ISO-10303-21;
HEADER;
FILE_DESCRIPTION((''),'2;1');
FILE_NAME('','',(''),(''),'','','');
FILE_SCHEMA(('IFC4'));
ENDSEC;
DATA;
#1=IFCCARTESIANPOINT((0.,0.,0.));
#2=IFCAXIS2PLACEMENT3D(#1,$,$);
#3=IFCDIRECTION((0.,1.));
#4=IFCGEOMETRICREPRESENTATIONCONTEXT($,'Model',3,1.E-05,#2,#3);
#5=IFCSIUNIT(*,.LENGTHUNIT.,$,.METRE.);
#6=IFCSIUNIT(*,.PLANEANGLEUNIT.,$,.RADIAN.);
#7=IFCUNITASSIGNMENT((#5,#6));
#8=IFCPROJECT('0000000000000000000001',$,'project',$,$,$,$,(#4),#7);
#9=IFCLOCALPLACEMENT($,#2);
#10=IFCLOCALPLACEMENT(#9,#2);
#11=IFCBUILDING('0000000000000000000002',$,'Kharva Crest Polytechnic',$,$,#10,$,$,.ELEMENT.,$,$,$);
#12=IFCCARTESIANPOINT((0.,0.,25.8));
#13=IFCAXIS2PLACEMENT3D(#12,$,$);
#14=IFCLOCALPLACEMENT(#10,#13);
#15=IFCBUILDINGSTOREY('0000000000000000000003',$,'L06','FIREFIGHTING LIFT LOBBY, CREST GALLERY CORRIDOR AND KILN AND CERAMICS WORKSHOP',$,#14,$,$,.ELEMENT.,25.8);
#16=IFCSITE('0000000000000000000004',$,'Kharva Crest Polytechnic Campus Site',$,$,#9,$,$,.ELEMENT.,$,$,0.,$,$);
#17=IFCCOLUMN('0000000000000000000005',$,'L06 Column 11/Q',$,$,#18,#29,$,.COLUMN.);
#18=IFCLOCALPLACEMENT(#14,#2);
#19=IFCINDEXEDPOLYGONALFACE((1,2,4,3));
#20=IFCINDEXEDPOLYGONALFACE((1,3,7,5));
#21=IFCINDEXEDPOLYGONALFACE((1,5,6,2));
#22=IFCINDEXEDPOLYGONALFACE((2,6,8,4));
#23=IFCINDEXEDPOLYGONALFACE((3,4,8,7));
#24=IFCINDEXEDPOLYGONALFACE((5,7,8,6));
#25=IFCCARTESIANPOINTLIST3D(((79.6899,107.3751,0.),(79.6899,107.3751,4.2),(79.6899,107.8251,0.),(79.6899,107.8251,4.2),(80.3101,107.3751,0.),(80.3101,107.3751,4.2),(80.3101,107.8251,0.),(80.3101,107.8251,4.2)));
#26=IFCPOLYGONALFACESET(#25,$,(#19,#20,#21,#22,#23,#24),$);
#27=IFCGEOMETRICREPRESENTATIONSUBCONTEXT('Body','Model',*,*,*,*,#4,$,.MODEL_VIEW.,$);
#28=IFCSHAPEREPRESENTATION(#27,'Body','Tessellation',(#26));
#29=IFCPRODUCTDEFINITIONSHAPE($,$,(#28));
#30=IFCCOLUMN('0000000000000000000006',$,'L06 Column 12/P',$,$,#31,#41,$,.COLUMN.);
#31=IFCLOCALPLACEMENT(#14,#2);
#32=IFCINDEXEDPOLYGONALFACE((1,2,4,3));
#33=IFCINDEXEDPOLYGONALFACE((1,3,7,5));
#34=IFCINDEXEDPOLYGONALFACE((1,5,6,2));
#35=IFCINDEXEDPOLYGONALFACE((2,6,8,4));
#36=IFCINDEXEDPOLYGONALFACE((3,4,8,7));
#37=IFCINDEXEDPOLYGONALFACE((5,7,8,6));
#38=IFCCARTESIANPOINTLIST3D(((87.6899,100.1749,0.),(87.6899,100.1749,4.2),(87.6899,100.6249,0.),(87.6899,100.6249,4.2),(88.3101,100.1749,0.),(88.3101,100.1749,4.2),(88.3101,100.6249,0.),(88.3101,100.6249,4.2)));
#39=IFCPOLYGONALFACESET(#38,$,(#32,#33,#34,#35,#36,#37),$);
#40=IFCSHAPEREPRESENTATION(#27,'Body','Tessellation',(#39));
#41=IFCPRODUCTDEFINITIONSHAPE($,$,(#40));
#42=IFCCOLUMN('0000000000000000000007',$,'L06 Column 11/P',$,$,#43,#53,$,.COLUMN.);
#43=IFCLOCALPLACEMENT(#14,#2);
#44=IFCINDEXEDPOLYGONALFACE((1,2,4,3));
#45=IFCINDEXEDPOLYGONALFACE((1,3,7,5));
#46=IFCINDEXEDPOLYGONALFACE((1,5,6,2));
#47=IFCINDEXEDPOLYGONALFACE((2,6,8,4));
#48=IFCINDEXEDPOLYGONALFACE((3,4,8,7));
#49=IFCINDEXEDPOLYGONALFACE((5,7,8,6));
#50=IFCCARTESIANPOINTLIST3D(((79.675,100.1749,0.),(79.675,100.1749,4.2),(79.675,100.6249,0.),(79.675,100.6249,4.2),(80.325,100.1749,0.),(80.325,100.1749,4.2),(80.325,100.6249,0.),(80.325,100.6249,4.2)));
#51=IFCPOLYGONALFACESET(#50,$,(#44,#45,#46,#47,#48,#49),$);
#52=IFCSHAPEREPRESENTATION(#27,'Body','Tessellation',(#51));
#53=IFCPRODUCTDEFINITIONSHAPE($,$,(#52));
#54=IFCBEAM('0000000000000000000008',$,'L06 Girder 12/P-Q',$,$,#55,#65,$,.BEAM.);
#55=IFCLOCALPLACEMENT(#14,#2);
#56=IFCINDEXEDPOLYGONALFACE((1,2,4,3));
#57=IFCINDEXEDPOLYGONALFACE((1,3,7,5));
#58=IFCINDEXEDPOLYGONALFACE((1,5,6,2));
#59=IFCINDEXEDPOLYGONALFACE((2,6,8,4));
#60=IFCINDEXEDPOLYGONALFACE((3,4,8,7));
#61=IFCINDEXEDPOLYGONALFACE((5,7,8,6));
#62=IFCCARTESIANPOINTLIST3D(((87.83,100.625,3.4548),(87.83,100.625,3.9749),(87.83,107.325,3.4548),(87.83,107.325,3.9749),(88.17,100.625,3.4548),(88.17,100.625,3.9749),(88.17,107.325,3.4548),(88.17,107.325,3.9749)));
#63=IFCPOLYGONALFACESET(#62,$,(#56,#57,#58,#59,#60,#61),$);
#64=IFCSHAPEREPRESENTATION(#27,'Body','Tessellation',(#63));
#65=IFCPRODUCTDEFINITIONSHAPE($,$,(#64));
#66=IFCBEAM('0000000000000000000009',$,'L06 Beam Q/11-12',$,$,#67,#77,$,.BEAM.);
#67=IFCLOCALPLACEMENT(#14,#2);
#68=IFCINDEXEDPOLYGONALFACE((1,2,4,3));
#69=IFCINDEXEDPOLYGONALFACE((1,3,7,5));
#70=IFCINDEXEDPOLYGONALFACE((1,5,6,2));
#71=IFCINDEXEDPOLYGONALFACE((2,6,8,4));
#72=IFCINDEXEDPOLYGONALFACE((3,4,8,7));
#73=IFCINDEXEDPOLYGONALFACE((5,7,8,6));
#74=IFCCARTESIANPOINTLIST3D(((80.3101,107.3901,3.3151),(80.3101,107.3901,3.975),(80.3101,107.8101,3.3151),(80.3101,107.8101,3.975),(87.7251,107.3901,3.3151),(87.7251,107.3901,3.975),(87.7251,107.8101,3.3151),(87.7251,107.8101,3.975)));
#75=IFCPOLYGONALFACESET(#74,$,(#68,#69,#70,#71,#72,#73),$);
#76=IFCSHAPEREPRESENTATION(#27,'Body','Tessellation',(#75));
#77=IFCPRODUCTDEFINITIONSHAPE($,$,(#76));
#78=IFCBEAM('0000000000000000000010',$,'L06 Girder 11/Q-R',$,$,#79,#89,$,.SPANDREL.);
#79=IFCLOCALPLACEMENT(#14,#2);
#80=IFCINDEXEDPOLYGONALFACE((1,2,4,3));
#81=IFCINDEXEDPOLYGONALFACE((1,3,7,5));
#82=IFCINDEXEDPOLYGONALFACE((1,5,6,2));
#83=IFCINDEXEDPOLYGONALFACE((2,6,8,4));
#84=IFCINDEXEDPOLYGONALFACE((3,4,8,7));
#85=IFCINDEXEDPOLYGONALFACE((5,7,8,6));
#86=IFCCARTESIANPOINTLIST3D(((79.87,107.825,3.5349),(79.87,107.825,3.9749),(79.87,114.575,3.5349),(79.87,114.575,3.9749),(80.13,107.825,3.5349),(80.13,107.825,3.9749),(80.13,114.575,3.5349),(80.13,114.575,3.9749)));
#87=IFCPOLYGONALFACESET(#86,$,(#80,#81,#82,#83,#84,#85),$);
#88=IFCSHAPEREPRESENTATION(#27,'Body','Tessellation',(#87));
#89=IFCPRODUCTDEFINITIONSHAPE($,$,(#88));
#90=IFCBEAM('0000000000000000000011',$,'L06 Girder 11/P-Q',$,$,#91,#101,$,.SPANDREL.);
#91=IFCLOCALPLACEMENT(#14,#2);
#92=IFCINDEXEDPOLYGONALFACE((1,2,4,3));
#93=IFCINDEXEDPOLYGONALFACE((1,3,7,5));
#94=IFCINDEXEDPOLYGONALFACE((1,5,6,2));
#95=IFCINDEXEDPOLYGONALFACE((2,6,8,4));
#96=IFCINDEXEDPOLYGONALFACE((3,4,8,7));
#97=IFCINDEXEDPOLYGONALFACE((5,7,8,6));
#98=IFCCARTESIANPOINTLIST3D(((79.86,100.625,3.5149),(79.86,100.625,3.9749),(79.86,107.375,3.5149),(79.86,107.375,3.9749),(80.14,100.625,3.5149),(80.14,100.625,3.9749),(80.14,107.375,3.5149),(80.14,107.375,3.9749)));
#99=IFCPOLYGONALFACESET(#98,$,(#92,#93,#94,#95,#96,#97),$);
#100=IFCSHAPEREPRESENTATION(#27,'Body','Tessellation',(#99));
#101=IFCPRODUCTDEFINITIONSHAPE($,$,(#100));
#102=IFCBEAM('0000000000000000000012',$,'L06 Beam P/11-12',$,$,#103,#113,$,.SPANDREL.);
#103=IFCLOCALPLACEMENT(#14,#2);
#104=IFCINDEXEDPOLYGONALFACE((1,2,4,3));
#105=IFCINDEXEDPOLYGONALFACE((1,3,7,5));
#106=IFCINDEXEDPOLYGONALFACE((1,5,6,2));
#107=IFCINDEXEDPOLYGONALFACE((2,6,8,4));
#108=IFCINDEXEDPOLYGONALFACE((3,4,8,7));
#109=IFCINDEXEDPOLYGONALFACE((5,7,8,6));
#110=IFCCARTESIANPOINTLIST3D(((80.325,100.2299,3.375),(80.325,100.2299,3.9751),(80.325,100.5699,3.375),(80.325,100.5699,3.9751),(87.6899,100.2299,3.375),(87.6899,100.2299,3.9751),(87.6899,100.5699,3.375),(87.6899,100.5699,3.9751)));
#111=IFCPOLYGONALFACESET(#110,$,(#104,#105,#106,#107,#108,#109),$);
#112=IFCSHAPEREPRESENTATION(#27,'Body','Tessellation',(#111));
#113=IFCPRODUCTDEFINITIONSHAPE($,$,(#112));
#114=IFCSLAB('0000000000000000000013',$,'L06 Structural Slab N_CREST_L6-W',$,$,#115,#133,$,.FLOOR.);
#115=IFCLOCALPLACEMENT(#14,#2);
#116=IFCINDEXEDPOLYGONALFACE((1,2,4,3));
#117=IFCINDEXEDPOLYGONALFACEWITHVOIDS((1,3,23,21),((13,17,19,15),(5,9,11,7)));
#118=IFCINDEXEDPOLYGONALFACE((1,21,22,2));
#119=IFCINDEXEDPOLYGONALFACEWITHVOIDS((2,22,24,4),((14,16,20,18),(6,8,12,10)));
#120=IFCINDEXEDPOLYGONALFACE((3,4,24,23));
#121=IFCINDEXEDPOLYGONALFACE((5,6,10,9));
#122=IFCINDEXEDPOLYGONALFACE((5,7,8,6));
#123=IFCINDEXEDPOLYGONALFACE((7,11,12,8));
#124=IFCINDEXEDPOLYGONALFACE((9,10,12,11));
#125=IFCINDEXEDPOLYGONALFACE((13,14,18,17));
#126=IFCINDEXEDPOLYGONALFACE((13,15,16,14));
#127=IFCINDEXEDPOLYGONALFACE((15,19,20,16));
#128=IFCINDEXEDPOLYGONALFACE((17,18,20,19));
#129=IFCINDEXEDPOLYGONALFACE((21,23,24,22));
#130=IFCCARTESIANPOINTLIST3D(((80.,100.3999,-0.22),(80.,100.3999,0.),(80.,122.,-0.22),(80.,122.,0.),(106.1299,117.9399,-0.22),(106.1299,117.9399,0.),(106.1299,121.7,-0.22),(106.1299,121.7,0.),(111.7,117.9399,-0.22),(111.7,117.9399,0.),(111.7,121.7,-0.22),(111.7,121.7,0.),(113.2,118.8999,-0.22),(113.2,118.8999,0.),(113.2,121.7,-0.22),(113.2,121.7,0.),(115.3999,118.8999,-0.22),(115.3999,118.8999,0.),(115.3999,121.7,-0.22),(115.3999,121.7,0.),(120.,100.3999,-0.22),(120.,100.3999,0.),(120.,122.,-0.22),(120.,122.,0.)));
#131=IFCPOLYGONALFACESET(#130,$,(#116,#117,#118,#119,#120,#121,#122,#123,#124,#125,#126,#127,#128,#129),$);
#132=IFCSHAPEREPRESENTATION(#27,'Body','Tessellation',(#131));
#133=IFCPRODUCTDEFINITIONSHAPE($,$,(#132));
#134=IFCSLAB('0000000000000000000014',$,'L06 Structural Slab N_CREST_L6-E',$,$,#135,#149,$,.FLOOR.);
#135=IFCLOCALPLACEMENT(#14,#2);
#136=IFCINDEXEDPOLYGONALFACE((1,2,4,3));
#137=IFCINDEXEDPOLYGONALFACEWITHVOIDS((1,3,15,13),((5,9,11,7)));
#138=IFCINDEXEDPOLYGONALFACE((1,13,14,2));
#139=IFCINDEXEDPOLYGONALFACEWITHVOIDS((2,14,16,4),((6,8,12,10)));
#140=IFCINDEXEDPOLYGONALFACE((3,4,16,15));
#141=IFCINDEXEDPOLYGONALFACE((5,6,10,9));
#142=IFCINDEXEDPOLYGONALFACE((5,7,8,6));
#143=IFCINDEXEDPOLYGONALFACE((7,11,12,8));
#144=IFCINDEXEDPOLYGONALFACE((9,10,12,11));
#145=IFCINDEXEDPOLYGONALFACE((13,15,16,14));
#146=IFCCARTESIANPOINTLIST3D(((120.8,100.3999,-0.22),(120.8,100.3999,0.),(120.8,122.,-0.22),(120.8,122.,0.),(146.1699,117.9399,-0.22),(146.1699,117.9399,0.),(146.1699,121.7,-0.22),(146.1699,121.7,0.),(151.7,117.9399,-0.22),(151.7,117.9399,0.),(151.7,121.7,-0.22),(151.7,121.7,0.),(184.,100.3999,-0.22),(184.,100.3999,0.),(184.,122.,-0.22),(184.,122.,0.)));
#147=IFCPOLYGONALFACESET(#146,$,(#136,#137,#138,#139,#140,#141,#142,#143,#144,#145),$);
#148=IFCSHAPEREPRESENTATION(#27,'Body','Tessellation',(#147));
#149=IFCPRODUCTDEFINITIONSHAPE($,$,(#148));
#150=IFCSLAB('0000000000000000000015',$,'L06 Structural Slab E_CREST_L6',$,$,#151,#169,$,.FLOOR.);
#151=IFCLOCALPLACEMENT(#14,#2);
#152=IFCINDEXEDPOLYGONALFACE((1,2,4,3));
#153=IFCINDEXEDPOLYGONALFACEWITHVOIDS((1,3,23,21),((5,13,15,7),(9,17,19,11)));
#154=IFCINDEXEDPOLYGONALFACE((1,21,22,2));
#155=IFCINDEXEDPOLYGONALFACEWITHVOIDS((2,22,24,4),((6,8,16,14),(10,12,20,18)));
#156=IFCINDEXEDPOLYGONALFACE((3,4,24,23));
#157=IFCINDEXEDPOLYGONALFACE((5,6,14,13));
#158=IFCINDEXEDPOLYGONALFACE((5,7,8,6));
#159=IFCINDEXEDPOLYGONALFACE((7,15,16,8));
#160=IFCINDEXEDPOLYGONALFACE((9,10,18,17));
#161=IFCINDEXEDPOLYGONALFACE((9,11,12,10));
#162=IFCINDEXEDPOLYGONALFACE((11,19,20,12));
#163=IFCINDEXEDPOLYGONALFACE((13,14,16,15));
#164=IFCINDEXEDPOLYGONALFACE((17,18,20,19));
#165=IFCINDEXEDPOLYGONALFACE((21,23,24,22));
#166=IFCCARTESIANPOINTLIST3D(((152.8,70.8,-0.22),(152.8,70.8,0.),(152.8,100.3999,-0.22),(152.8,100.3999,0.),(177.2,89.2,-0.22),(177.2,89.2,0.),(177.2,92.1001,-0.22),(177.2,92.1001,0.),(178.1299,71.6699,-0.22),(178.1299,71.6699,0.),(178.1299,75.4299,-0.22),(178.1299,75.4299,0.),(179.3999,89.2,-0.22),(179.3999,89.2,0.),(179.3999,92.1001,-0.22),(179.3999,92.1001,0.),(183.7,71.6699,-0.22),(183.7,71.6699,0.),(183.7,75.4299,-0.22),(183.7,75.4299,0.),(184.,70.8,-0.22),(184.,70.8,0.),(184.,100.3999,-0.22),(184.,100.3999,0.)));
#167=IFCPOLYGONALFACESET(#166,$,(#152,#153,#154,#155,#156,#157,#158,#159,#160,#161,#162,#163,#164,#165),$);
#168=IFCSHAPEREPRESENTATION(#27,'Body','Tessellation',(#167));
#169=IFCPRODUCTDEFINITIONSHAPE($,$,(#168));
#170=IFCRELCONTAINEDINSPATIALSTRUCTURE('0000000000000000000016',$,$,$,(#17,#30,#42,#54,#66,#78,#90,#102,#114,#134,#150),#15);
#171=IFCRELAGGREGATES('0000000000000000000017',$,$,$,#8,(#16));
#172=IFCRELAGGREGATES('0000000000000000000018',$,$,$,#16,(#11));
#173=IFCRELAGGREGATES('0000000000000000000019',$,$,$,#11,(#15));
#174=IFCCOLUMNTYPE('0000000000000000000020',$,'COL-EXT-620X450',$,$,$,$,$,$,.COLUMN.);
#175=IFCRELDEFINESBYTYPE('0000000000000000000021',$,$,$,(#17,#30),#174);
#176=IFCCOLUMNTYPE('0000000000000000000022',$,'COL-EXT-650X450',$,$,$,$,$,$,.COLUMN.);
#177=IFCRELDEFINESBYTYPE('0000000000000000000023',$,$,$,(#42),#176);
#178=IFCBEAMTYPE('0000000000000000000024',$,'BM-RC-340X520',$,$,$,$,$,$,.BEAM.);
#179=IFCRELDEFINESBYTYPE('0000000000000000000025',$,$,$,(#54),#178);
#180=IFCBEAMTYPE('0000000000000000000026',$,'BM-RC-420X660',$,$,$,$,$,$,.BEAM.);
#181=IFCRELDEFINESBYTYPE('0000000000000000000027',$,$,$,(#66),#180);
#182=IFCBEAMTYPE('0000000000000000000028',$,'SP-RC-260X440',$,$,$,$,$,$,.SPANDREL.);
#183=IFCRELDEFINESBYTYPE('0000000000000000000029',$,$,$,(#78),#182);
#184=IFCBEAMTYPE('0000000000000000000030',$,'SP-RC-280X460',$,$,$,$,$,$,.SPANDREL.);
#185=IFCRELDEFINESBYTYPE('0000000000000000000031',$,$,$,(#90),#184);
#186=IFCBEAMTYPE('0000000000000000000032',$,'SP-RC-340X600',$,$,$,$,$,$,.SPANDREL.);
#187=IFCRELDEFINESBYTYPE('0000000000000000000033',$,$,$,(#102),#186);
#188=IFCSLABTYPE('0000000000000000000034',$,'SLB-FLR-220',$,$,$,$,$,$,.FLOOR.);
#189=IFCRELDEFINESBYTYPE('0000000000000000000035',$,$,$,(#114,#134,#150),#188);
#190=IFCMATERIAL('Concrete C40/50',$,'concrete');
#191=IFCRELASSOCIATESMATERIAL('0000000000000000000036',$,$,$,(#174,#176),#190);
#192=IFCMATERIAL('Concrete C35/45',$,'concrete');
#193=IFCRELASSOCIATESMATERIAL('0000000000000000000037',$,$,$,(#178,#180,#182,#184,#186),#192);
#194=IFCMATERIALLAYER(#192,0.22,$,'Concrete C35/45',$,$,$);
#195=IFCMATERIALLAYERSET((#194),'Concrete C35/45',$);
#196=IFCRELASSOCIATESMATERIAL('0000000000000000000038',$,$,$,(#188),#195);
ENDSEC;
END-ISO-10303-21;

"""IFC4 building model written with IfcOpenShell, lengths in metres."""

from ifc_helpers import new_model, si_unit, direction, frame, origin, origin_2d, place, context, subcontext, project, spatial, polyline, rectangle, outline, extrude, material, layer, layer_set, material_profile, profile_set, type_object, element, save


model = new_model("IFC4")

# Units and contexts
model_context = context("Model", 3, precision=1e-05, world=origin(), true_north=direction((0.0, 1.0)))
body_context = subcontext(model_context, "Body", "Model", "MODEL_VIEW")
ifc_project = project(units=[si_unit("LENGTHUNIT", "METRE"), si_unit("PLANEANGLEUNIT", "RADIAN")], contexts=[model_context])

# Site, building, storey
site_placement = place(None, origin())
site = spatial("IfcSite", under=ifc_project, at=site_placement, Name="Kharva Crest Polytechnic Campus Site", CompositionType="ELEMENT", RefElevation=0.0)
building_placement = place(site_placement, origin())
building = spatial("IfcBuilding", under=site, at=building_placement, Name="Kharva Crest Polytechnic", CompositionType="ELEMENT")
storey_placement = place(building_placement, frame((0.0, 0.0, 25.8)))
storey = spatial("IfcBuildingStorey", under=building, at=storey_placement, Name="L06", Description="FIREFIGHTING LIFT LOBBY, CREST GALLERY CORRIDOR AND KILN AND CERAMICS WORKSHOP", CompositionType="ELEMENT", Elevation=25.8)

# Columns
ifc_material_1 = material(Name="Concrete C40/50", Category="concrete")
ifc_material_profile_1 = material_profile(ifc_material_1, rectangle(XDim=0.6201, YDim=0.45, at=origin_2d()), Name="RECT 620 X 450")
ifc_profile_set_1 = profile_set([ifc_material_profile_1], Name="Concrete C40/50")
column_type_1 = type_object("IfcColumnType", Name="COL-EXT-620X450", PredefinedType="COLUMN", material=ifc_profile_set_1)
for number, where, z_axis, x_axis, name in (
    (1, (80.0, 107.6001, 0.0), (0.0, 0.0, 1.0), (1.0, 0.0, 0.0), "L06 Column 11/Q"),
    (2, (88.0, 100.3999, 0.0), (0.0, 0.0, 1.0), (1.0, 0.0, 0.0), "L06 Column 12/P"),
):
    element("IfcColumn", number, at=place(storey_placement, frame(where, z_axis=z_axis, x_axis=x_axis)), inside=storey, type_object=column_type_1, Name=name, PredefinedType="COLUMN", context=body_context, shape_type="SweptSolid", body=[
        extrude(rectangle(XDim=0.6201, YDim=0.45, at=origin_2d()), origin(), (0.0, 0.0, 1.0), 4.2),
    ])
ifc_material_profile_2 = material_profile(ifc_material_1, rectangle(XDim=0.6499, YDim=0.45, at=origin_2d()), Name="RECT 650 X 450")
ifc_profile_set_2 = profile_set([ifc_material_profile_2], Name="Concrete C40/50")
column_type_2 = type_object("IfcColumnType", Name="COL-EXT-650X450", PredefinedType="COLUMN", material=ifc_profile_set_2)
column_placement = place(storey_placement, frame((80.0, 100.3999, 0.0), z_axis=(0.0, 0.0, 1.0), x_axis=(1.0, 0.0, 0.0)))
element("IfcColumn", 3, at=column_placement, inside=storey, type_object=column_type_2, Name="L06 Column 11/P", PredefinedType="COLUMN", context=body_context, shape_type="SweptSolid", body=[
    extrude(rectangle(XDim=0.6499, YDim=0.45, at=origin_2d()), origin(), (0.0, 0.0, 1.0), 4.2),
])

# Beams
ifc_material_2 = material(Name="Concrete C35/45", Category="concrete")
ifc_material_profile_3 = material_profile(ifc_material_2, rectangle(XDim=0.3401, YDim=0.52, at=origin_2d()), Name="RECT 340 X 520")
ifc_profile_set_3 = profile_set([ifc_material_profile_3], Name="Concrete C35/45")
beam_type_1 = type_object("IfcBeamType", Name="BM-RC-340X520", PredefinedType="BEAM", material=ifc_profile_set_3)
beam_1_placement = place(storey_placement, frame((88.0, 100.625, 3.7148), z_axis=(0.0, 1.0, 0.0), x_axis=(-1.0, 0.0, 0.0)))
element("IfcBeam", 4, at=beam_1_placement, inside=storey, type_object=beam_type_1, Name="L06 Girder 12/P-Q", PredefinedType="BEAM", context=body_context, shape_type="SweptSolid", body=[
    extrude(rectangle(XDim=0.3401, YDim=0.52, at=origin_2d()), origin(), (0.0, 0.0, 1.0), 6.7),
])
ifc_material_profile_4 = material_profile(ifc_material_2, rectangle(XDim=0.4199, YDim=0.6599, at=origin_2d()), Name="RECT 420 X 660")
ifc_profile_set_4 = profile_set([ifc_material_profile_4], Name="Concrete C35/45")
beam_type_2 = type_object("IfcBeamType", Name="BM-RC-420X660", PredefinedType="BEAM", material=ifc_profile_set_4)
beam_2_placement = place(storey_placement, frame((80.3101, 107.6001, 3.645), z_axis=(1.0, 0.0, 0.0), x_axis=(0.0, 1.0, 0.0)))
element("IfcBeam", 5, at=beam_2_placement, inside=storey, type_object=beam_type_2, Name="L06 Beam Q/11-12", PredefinedType="BEAM", context=body_context, shape_type="SweptSolid", body=[
    extrude(rectangle(XDim=0.4199, YDim=0.6599, at=origin_2d()), origin(), (0.0, 0.0, 1.0), 7.415),
])
ifc_material_profile_5 = material_profile(ifc_material_2, rectangle(XDim=0.26, YDim=0.4399, at=origin_2d()), Name="RECT 260 X 440")
ifc_profile_set_5 = profile_set([ifc_material_profile_5], Name="Concrete C35/45")
beam_type_3 = type_object("IfcBeamType", Name="SP-RC-260X440", PredefinedType="SPANDREL", material=ifc_profile_set_5)
beam_3_placement = place(storey_placement, frame((80.0, 107.825, 3.7549), z_axis=(0.0, 1.0, 0.0), x_axis=(-1.0, 0.0, 0.0)))
element("IfcBeam", 6, at=beam_3_placement, inside=storey, type_object=beam_type_3, Name="L06 Girder 11/Q-R", PredefinedType="SPANDREL", context=body_context, shape_type="SweptSolid", body=[
    extrude(rectangle(XDim=0.26, YDim=0.4399, at=origin_2d()), origin(), (0.0, 0.0, 1.0), 6.75),
])
ifc_material_profile_6 = material_profile(ifc_material_2, rectangle(XDim=0.28, YDim=0.46, at=origin_2d()), Name="RECT 280 X 460")
ifc_profile_set_6 = profile_set([ifc_material_profile_6], Name="Concrete C35/45")
beam_type_4 = type_object("IfcBeamType", Name="SP-RC-280X460", PredefinedType="SPANDREL", material=ifc_profile_set_6)
beam_4_placement = place(storey_placement, frame((80.0, 100.625, 3.7449), z_axis=(0.0, 1.0, 0.0), x_axis=(-1.0, 0.0, 0.0)))
element("IfcBeam", 7, at=beam_4_placement, inside=storey, type_object=beam_type_4, Name="L06 Girder 11/P-Q", PredefinedType="SPANDREL", context=body_context, shape_type="SweptSolid", body=[
    extrude(rectangle(XDim=0.28, YDim=0.46, at=origin_2d()), origin(), (0.0, 0.0, 1.0), 6.75),
])
ifc_material_profile_7 = material_profile(ifc_material_2, rectangle(XDim=0.3401, YDim=0.6001, at=origin_2d()), Name="RECT 340 X 600")
ifc_profile_set_7 = profile_set([ifc_material_profile_7], Name="Concrete C35/45")
beam_type_5 = type_object("IfcBeamType", Name="SP-RC-340X600", PredefinedType="SPANDREL", material=ifc_profile_set_7)
beam_5_placement = place(storey_placement, frame((80.325, 100.3999, 3.675), z_axis=(1.0, 0.0, 0.0), x_axis=(0.0, 1.0, 0.0)))
element("IfcBeam", 8, at=beam_5_placement, inside=storey, type_object=beam_type_5, Name="L06 Beam P/11-12", PredefinedType="SPANDREL", context=body_context, shape_type="SweptSolid", body=[
    extrude(rectangle(XDim=0.3401, YDim=0.6001, at=origin_2d()), origin(), (0.0, 0.0, 1.0), 7.365),
])

# Slabs
ifc_layer_1 = layer(ifc_material_2, 0.22, Name="Concrete C35/45")
ifc_layer_set_1 = layer_set([ifc_layer_1], Name="Concrete C35/45")
slab_type_1 = type_object("IfcSlabType", Name="SLB-FLR-220", PredefinedType="FLOOR", material=ifc_layer_set_1)
slab_1_placement = place(storey_placement, frame((0.0, 0.0, -0.22)))
element("IfcSlab", 9, at=slab_1_placement, inside=storey, type_object=slab_type_1, Name="L06 Structural Slab N_CREST_L6-W", PredefinedType="FLOOR", context=body_context, shape_type="SweptSolid", body=[
    extrude(outline(polyline([(80.0, 100.3999), (120.0, 100.3999), (120.0, 122.0), (80.0, 122.0), (80.0, 100.3999)]), holes=[polyline([(106.1299, 117.9399), (111.7, 117.9399), (111.7, 121.7), (106.1299, 121.7), (106.1299, 117.9399)]), polyline([(113.2, 118.8999), (115.3999, 118.8999), (115.3999, 121.7), (113.2, 121.7), (113.2, 118.8999)])]), origin(), (0.0, 0.0, 1.0), 0.22),
])
slab_2_placement = place(storey_placement, frame((0.0, 0.0, -0.22)))
element("IfcSlab", 10, at=slab_2_placement, inside=storey, type_object=slab_type_1, Name="L06 Structural Slab N_CREST_L6-E", PredefinedType="FLOOR", context=body_context, shape_type="SweptSolid", body=[
    extrude(outline(polyline([(120.8, 100.3999), (184.0, 100.3999), (184.0, 122.0), (120.8, 122.0), (120.8, 100.3999)]), holes=[polyline([(146.1699, 117.9399), (151.7, 117.9399), (151.7, 121.7), (146.1699, 121.7), (146.1699, 117.9399)])]), origin(), (0.0, 0.0, 1.0), 0.22),
])
slab_3_placement = place(storey_placement, frame((0.0, 0.0, -0.22)))
element("IfcSlab", 11, at=slab_3_placement, inside=storey, type_object=slab_type_1, Name="L06 Structural Slab E_CREST_L6", PredefinedType="FLOOR", context=body_context, shape_type="SweptSolid", body=[
    extrude(outline(polyline([(152.8, 70.8), (184.0, 70.8), (184.0, 100.3999), (152.8, 100.3999), (152.8, 70.8)]), holes=[polyline([(178.1299, 71.6699), (183.7, 71.6699), (183.7, 75.4299), (178.1299, 75.4299), (178.1299, 71.6699)]), polyline([(177.2, 89.2), (179.3999, 89.2), (179.3999, 92.1001), (177.2, 92.1001), (177.2, 89.2)])]), origin(), (0.0, 0.0, 1.0), 0.22),
])

save(model, "model.ifc")
